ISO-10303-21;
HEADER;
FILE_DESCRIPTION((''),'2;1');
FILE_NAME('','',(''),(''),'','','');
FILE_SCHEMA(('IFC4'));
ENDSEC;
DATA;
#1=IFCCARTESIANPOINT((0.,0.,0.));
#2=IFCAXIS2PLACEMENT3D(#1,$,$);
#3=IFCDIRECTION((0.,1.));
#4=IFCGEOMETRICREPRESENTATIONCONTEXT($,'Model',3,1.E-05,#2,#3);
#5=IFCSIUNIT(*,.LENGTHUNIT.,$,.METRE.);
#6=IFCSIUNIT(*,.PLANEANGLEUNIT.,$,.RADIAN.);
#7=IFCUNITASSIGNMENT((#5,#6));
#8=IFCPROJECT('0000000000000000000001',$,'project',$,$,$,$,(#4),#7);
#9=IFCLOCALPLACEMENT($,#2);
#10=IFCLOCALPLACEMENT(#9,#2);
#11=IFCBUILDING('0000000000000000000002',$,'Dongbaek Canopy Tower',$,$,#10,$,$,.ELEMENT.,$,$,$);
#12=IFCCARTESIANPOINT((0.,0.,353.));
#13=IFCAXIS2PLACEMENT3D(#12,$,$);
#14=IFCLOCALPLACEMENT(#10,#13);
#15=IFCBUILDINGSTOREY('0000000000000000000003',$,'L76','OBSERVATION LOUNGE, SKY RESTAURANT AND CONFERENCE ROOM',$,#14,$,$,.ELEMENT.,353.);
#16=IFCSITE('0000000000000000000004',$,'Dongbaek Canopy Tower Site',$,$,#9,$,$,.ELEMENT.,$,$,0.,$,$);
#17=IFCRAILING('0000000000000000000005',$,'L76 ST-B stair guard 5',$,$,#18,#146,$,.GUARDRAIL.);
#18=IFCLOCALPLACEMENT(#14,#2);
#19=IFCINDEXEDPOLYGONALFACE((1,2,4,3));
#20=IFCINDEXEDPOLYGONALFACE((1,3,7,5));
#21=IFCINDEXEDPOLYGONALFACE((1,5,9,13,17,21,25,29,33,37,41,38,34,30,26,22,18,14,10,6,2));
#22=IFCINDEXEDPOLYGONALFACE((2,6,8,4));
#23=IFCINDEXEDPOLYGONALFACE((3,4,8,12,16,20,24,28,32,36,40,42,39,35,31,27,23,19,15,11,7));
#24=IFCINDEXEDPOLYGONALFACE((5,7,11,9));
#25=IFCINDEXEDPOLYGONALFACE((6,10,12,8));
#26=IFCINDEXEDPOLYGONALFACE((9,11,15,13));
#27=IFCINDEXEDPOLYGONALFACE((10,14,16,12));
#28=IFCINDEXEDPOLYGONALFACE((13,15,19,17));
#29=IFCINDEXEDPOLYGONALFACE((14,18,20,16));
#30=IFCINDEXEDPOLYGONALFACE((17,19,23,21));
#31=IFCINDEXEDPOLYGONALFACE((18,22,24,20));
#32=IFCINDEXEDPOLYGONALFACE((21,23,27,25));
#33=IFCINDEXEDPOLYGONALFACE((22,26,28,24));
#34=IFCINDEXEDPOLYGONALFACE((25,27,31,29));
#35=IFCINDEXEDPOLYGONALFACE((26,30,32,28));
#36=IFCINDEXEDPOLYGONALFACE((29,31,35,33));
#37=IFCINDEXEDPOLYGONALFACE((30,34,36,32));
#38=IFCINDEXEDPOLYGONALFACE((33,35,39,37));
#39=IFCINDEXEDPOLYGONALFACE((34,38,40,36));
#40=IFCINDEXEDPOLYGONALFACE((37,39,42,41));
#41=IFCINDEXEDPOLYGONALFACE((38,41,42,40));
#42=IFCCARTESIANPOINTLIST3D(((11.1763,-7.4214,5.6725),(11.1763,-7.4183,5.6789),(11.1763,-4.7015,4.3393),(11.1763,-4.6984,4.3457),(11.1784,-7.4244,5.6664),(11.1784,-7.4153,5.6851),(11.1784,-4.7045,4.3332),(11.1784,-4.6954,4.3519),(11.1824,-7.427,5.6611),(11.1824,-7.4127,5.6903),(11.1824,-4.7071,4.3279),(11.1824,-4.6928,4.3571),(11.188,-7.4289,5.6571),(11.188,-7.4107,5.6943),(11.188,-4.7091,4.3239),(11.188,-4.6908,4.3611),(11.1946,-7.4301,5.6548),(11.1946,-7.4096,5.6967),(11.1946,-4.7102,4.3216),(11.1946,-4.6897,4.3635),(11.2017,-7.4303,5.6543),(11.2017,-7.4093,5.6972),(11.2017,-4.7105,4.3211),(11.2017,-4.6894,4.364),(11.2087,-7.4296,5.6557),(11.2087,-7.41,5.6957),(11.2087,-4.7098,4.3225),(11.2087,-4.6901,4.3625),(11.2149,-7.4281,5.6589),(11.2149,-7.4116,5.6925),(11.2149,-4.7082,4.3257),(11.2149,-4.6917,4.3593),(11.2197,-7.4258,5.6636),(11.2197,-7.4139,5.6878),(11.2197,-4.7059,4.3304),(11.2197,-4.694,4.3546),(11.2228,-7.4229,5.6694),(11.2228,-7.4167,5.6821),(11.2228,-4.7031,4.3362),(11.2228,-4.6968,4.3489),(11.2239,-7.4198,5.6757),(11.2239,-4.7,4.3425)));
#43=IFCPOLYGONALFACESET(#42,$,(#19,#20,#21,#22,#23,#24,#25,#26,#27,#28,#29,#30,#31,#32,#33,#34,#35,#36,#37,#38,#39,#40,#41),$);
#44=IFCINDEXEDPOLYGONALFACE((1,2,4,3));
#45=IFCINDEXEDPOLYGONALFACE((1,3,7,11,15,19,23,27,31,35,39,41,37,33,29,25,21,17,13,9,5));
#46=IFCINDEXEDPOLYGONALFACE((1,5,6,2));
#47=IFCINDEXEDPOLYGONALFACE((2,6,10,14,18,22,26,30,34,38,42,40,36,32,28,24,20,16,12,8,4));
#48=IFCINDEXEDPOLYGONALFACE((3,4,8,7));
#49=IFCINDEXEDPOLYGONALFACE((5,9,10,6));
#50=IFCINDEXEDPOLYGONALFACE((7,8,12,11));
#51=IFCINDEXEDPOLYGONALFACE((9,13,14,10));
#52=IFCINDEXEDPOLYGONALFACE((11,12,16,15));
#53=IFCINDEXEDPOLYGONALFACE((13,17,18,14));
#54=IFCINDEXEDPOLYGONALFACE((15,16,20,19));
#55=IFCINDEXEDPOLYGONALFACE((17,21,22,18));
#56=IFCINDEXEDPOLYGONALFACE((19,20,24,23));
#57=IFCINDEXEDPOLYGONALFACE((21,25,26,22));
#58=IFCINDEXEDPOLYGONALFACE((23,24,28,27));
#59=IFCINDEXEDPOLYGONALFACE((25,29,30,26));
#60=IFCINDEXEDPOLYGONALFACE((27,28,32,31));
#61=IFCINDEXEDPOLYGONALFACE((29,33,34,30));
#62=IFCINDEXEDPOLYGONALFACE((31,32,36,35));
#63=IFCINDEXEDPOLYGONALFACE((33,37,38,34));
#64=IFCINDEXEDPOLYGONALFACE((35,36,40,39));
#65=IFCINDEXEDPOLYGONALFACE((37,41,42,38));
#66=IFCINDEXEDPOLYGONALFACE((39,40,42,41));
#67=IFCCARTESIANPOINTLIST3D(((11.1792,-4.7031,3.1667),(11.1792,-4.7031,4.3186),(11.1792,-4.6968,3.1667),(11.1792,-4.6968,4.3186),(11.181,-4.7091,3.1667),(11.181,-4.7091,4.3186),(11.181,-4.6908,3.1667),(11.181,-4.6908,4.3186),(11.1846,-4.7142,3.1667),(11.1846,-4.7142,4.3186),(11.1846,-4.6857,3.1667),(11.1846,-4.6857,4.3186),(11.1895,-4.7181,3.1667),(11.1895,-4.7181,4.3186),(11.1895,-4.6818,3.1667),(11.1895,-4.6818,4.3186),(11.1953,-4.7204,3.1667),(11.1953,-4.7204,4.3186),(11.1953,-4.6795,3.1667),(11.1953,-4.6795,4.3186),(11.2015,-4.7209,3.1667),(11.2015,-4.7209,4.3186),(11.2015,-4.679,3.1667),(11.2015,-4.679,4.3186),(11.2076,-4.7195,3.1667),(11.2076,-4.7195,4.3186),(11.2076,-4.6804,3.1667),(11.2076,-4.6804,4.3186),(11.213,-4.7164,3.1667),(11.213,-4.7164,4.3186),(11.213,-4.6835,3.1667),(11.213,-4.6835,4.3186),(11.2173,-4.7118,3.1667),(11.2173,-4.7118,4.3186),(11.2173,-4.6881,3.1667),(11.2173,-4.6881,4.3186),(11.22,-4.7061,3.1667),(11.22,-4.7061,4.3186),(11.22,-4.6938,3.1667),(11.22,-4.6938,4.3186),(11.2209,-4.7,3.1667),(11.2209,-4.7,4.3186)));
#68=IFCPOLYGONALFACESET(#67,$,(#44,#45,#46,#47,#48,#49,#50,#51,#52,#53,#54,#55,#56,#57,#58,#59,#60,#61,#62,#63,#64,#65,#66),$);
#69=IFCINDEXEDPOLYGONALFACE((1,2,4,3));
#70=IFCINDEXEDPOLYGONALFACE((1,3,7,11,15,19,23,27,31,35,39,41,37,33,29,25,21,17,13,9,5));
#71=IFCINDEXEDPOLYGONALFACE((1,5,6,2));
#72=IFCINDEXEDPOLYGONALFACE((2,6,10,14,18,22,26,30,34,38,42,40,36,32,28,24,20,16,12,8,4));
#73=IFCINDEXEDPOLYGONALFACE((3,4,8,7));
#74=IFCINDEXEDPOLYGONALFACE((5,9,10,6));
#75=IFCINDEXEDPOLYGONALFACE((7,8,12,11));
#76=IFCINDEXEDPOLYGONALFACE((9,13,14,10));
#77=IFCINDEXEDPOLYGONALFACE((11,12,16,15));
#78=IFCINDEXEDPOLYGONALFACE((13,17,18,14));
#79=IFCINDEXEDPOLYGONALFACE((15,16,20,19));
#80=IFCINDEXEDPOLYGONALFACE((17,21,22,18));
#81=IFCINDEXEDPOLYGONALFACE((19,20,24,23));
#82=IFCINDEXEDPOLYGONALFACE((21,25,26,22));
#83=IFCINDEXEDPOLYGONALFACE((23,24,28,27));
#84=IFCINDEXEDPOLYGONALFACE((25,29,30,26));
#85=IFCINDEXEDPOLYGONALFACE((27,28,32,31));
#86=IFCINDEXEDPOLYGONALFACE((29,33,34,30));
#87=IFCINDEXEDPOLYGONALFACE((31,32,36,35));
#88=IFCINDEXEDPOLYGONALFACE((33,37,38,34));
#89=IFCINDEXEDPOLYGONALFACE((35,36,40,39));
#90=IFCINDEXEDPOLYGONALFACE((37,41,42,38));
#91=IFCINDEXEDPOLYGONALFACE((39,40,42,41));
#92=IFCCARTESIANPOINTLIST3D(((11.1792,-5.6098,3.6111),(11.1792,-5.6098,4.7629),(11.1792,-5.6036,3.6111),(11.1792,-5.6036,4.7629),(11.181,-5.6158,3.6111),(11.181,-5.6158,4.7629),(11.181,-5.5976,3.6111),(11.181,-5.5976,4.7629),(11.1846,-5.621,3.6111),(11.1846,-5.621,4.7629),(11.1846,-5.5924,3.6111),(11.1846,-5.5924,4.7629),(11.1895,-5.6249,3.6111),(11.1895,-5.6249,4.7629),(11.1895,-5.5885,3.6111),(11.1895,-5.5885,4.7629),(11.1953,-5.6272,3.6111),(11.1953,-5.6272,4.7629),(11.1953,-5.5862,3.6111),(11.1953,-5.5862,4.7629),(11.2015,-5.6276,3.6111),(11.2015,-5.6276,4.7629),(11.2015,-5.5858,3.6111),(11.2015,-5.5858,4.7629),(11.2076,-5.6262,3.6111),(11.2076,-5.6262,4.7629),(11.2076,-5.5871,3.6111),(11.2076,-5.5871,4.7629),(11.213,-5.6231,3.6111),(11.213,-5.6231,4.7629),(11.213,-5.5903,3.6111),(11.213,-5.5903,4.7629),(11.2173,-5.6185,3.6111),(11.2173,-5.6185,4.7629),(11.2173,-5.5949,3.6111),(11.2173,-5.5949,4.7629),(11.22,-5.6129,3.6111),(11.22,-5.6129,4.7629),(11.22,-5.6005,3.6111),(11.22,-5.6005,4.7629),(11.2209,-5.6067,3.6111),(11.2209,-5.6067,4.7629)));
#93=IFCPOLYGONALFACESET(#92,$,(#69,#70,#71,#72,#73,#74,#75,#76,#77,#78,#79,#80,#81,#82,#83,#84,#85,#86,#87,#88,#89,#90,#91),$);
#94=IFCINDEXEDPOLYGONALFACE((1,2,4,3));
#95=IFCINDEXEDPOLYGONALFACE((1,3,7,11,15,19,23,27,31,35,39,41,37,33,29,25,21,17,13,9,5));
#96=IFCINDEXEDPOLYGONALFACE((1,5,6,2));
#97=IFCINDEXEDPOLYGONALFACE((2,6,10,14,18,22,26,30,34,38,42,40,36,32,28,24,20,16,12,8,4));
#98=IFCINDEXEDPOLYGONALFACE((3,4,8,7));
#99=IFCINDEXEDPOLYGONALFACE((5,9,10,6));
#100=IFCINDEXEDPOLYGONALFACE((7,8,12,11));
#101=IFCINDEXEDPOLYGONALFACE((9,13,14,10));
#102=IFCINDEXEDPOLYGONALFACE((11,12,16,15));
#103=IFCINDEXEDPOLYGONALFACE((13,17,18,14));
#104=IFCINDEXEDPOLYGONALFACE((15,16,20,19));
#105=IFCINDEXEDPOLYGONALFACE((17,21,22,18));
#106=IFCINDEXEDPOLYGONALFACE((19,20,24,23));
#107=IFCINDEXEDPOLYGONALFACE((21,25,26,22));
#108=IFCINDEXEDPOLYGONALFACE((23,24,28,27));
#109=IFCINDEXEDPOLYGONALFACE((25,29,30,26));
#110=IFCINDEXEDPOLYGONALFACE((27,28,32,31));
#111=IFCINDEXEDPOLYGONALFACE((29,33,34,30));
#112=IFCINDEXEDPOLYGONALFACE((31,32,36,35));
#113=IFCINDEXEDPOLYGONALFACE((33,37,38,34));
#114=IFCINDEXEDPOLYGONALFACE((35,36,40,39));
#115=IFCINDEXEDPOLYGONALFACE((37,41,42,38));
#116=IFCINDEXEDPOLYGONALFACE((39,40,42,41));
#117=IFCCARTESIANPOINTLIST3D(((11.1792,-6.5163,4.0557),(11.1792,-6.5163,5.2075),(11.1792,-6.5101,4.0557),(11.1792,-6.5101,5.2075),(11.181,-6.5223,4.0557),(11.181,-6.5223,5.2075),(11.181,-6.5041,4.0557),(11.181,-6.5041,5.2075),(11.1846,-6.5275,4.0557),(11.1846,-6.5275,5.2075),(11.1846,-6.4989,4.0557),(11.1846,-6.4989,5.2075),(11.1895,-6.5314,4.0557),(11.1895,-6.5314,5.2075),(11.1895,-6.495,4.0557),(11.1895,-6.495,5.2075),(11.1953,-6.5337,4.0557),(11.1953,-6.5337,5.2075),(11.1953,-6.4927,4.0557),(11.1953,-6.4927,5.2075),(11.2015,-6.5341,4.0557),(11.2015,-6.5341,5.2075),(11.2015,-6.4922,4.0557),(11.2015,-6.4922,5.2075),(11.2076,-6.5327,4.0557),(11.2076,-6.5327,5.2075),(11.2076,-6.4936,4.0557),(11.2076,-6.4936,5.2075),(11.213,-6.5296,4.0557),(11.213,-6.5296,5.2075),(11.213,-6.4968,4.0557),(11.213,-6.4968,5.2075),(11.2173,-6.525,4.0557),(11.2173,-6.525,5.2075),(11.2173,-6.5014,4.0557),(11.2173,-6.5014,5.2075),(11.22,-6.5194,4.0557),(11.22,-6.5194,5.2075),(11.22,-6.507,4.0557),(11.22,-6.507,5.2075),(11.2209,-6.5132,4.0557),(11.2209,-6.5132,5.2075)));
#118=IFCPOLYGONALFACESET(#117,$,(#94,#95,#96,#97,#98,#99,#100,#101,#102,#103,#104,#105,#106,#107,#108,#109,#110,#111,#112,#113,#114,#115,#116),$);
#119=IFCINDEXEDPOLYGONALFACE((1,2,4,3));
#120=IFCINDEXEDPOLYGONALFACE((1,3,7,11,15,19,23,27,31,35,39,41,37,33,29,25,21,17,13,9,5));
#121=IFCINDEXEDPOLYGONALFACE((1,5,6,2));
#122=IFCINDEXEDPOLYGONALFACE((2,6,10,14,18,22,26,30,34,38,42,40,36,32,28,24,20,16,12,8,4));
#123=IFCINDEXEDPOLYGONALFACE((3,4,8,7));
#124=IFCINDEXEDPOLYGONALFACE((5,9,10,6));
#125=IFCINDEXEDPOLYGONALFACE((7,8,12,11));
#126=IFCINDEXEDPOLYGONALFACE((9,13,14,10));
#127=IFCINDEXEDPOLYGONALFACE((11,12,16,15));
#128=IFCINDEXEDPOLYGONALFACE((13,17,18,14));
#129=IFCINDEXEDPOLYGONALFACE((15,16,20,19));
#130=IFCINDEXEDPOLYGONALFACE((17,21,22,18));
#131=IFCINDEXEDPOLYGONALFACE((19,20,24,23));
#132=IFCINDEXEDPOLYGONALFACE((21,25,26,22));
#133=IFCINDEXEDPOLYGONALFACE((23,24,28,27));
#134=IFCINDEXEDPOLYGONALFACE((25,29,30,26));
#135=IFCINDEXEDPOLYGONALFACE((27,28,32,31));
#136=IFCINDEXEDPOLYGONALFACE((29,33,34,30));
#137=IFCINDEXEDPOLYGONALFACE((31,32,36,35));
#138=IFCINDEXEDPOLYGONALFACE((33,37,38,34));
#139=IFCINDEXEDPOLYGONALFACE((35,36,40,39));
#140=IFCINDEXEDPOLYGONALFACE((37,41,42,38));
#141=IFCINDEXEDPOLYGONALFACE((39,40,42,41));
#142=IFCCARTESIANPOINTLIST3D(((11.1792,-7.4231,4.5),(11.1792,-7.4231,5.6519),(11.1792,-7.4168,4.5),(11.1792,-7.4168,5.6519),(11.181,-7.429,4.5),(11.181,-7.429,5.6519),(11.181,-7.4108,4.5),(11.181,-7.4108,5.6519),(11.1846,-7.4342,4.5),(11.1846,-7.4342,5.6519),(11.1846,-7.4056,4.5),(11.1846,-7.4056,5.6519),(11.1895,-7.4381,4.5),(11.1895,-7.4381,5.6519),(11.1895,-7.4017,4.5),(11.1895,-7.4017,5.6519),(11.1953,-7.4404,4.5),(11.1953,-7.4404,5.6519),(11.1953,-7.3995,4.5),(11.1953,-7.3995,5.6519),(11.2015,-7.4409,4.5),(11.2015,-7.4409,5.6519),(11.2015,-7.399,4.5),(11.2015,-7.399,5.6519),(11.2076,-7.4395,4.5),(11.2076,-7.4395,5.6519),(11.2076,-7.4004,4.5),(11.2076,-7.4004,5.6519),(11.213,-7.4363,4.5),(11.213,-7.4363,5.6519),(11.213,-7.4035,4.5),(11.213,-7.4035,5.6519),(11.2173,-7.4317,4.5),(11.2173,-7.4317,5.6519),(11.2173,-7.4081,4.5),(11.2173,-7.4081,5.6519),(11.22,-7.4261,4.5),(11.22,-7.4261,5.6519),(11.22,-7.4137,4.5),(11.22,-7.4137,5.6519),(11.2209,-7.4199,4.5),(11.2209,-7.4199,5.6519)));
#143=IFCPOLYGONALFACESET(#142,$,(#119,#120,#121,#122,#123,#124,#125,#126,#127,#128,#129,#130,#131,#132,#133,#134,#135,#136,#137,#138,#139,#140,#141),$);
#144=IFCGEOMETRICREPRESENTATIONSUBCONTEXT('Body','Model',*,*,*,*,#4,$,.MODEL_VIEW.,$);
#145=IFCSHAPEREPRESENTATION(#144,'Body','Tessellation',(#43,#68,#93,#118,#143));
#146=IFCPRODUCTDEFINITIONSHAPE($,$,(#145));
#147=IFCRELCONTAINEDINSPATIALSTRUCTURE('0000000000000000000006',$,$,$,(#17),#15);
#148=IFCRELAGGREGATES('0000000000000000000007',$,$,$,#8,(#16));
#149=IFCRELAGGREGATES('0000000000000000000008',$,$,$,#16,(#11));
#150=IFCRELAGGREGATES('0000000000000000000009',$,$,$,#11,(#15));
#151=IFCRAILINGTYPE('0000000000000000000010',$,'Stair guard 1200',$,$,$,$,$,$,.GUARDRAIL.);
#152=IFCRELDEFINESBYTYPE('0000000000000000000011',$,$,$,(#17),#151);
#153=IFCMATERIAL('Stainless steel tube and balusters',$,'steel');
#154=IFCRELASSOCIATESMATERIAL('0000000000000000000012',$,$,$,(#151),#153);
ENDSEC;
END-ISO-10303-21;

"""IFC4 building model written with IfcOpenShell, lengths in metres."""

from ifc_helpers import new_model, si_unit, direction, frame, origin, origin_2d, place, context, subcontext, project, spatial, circle, extrude, material, type_object, element, save


model = new_model("IFC4")

# Units and contexts
model_context = context("Model", 3, precision=1e-05, world=origin(), true_north=direction((0.0, 1.0)))
body_context = subcontext(model_context, "Body", "Model", "MODEL_VIEW")
ifc_project = project(units=[si_unit("LENGTHUNIT", "METRE"), si_unit("PLANEANGLEUNIT", "RADIAN")], contexts=[model_context])

# Site, building, storey
site_placement = place(None, origin())
site = spatial("IfcSite", under=ifc_project, at=site_placement, Name="Dongbaek Canopy Tower Site", CompositionType="ELEMENT", RefElevation=0.0)
building_placement = place(site_placement, origin())
building = spatial("IfcBuilding", under=site, at=building_placement, Name="Dongbaek Canopy Tower", CompositionType="ELEMENT")
storey_placement = place(building_placement, frame((0.0, 0.0, 353.0)))
storey = spatial("IfcBuildingStorey", under=building, at=storey_placement, Name="L76", Description="OBSERVATION LOUNGE, SKY RESTAURANT AND CONFERENCE ROOM", CompositionType="ELEMENT", Elevation=353.0)

# Railing
ifc_material_1 = material(Name="Stainless steel tube and balusters", Category="steel")
railing_type = type_object("IfcRailingType", Name="Stair guard 1200", PredefinedType="GUARDRAIL", material=ifc_material_1)
railing_1_placement = place(storey_placement, frame((11.2, -4.7, 3.1667)))
element("IfcRailing", 1, at=railing_1_placement, inside=storey, type_object=railing_type, Name="L76 ST-B stair guard 5", PredefinedType="GUARDRAIL", context=body_context, shape_type="SweptSolid", body=[
    extrude(circle(Radius=0.0239, at=origin_2d()), frame((0.0, 0.0, 1.1758), z_axis=(0.0, -0.897929, 0.440139), x_axis=(1.0, 0.0, 0.0)), (0.0, 0.0, 1.0), 3.0291),
    extrude(circle(Radius=0.021, at=origin_2d()), origin(), (0.0, 0.0, 1.0), 1.1519),
    extrude(circle(Radius=0.021, at=origin_2d()), frame((0.0, -0.9067, 0.4443)), (0.0, 0.0, 1.0), 1.1519),
    extrude(circle(Radius=0.021, at=origin_2d()), frame((0.0, -1.8132, 0.8889)), (0.0, 0.0, 1.0), 1.1519),
    extrude(circle(Radius=0.021, at=origin_2d()), frame((0.0, -2.72, 1.3333)), (0.0, 0.0, 1.0), 1.1519),
])

save(model, "model.ifc")
